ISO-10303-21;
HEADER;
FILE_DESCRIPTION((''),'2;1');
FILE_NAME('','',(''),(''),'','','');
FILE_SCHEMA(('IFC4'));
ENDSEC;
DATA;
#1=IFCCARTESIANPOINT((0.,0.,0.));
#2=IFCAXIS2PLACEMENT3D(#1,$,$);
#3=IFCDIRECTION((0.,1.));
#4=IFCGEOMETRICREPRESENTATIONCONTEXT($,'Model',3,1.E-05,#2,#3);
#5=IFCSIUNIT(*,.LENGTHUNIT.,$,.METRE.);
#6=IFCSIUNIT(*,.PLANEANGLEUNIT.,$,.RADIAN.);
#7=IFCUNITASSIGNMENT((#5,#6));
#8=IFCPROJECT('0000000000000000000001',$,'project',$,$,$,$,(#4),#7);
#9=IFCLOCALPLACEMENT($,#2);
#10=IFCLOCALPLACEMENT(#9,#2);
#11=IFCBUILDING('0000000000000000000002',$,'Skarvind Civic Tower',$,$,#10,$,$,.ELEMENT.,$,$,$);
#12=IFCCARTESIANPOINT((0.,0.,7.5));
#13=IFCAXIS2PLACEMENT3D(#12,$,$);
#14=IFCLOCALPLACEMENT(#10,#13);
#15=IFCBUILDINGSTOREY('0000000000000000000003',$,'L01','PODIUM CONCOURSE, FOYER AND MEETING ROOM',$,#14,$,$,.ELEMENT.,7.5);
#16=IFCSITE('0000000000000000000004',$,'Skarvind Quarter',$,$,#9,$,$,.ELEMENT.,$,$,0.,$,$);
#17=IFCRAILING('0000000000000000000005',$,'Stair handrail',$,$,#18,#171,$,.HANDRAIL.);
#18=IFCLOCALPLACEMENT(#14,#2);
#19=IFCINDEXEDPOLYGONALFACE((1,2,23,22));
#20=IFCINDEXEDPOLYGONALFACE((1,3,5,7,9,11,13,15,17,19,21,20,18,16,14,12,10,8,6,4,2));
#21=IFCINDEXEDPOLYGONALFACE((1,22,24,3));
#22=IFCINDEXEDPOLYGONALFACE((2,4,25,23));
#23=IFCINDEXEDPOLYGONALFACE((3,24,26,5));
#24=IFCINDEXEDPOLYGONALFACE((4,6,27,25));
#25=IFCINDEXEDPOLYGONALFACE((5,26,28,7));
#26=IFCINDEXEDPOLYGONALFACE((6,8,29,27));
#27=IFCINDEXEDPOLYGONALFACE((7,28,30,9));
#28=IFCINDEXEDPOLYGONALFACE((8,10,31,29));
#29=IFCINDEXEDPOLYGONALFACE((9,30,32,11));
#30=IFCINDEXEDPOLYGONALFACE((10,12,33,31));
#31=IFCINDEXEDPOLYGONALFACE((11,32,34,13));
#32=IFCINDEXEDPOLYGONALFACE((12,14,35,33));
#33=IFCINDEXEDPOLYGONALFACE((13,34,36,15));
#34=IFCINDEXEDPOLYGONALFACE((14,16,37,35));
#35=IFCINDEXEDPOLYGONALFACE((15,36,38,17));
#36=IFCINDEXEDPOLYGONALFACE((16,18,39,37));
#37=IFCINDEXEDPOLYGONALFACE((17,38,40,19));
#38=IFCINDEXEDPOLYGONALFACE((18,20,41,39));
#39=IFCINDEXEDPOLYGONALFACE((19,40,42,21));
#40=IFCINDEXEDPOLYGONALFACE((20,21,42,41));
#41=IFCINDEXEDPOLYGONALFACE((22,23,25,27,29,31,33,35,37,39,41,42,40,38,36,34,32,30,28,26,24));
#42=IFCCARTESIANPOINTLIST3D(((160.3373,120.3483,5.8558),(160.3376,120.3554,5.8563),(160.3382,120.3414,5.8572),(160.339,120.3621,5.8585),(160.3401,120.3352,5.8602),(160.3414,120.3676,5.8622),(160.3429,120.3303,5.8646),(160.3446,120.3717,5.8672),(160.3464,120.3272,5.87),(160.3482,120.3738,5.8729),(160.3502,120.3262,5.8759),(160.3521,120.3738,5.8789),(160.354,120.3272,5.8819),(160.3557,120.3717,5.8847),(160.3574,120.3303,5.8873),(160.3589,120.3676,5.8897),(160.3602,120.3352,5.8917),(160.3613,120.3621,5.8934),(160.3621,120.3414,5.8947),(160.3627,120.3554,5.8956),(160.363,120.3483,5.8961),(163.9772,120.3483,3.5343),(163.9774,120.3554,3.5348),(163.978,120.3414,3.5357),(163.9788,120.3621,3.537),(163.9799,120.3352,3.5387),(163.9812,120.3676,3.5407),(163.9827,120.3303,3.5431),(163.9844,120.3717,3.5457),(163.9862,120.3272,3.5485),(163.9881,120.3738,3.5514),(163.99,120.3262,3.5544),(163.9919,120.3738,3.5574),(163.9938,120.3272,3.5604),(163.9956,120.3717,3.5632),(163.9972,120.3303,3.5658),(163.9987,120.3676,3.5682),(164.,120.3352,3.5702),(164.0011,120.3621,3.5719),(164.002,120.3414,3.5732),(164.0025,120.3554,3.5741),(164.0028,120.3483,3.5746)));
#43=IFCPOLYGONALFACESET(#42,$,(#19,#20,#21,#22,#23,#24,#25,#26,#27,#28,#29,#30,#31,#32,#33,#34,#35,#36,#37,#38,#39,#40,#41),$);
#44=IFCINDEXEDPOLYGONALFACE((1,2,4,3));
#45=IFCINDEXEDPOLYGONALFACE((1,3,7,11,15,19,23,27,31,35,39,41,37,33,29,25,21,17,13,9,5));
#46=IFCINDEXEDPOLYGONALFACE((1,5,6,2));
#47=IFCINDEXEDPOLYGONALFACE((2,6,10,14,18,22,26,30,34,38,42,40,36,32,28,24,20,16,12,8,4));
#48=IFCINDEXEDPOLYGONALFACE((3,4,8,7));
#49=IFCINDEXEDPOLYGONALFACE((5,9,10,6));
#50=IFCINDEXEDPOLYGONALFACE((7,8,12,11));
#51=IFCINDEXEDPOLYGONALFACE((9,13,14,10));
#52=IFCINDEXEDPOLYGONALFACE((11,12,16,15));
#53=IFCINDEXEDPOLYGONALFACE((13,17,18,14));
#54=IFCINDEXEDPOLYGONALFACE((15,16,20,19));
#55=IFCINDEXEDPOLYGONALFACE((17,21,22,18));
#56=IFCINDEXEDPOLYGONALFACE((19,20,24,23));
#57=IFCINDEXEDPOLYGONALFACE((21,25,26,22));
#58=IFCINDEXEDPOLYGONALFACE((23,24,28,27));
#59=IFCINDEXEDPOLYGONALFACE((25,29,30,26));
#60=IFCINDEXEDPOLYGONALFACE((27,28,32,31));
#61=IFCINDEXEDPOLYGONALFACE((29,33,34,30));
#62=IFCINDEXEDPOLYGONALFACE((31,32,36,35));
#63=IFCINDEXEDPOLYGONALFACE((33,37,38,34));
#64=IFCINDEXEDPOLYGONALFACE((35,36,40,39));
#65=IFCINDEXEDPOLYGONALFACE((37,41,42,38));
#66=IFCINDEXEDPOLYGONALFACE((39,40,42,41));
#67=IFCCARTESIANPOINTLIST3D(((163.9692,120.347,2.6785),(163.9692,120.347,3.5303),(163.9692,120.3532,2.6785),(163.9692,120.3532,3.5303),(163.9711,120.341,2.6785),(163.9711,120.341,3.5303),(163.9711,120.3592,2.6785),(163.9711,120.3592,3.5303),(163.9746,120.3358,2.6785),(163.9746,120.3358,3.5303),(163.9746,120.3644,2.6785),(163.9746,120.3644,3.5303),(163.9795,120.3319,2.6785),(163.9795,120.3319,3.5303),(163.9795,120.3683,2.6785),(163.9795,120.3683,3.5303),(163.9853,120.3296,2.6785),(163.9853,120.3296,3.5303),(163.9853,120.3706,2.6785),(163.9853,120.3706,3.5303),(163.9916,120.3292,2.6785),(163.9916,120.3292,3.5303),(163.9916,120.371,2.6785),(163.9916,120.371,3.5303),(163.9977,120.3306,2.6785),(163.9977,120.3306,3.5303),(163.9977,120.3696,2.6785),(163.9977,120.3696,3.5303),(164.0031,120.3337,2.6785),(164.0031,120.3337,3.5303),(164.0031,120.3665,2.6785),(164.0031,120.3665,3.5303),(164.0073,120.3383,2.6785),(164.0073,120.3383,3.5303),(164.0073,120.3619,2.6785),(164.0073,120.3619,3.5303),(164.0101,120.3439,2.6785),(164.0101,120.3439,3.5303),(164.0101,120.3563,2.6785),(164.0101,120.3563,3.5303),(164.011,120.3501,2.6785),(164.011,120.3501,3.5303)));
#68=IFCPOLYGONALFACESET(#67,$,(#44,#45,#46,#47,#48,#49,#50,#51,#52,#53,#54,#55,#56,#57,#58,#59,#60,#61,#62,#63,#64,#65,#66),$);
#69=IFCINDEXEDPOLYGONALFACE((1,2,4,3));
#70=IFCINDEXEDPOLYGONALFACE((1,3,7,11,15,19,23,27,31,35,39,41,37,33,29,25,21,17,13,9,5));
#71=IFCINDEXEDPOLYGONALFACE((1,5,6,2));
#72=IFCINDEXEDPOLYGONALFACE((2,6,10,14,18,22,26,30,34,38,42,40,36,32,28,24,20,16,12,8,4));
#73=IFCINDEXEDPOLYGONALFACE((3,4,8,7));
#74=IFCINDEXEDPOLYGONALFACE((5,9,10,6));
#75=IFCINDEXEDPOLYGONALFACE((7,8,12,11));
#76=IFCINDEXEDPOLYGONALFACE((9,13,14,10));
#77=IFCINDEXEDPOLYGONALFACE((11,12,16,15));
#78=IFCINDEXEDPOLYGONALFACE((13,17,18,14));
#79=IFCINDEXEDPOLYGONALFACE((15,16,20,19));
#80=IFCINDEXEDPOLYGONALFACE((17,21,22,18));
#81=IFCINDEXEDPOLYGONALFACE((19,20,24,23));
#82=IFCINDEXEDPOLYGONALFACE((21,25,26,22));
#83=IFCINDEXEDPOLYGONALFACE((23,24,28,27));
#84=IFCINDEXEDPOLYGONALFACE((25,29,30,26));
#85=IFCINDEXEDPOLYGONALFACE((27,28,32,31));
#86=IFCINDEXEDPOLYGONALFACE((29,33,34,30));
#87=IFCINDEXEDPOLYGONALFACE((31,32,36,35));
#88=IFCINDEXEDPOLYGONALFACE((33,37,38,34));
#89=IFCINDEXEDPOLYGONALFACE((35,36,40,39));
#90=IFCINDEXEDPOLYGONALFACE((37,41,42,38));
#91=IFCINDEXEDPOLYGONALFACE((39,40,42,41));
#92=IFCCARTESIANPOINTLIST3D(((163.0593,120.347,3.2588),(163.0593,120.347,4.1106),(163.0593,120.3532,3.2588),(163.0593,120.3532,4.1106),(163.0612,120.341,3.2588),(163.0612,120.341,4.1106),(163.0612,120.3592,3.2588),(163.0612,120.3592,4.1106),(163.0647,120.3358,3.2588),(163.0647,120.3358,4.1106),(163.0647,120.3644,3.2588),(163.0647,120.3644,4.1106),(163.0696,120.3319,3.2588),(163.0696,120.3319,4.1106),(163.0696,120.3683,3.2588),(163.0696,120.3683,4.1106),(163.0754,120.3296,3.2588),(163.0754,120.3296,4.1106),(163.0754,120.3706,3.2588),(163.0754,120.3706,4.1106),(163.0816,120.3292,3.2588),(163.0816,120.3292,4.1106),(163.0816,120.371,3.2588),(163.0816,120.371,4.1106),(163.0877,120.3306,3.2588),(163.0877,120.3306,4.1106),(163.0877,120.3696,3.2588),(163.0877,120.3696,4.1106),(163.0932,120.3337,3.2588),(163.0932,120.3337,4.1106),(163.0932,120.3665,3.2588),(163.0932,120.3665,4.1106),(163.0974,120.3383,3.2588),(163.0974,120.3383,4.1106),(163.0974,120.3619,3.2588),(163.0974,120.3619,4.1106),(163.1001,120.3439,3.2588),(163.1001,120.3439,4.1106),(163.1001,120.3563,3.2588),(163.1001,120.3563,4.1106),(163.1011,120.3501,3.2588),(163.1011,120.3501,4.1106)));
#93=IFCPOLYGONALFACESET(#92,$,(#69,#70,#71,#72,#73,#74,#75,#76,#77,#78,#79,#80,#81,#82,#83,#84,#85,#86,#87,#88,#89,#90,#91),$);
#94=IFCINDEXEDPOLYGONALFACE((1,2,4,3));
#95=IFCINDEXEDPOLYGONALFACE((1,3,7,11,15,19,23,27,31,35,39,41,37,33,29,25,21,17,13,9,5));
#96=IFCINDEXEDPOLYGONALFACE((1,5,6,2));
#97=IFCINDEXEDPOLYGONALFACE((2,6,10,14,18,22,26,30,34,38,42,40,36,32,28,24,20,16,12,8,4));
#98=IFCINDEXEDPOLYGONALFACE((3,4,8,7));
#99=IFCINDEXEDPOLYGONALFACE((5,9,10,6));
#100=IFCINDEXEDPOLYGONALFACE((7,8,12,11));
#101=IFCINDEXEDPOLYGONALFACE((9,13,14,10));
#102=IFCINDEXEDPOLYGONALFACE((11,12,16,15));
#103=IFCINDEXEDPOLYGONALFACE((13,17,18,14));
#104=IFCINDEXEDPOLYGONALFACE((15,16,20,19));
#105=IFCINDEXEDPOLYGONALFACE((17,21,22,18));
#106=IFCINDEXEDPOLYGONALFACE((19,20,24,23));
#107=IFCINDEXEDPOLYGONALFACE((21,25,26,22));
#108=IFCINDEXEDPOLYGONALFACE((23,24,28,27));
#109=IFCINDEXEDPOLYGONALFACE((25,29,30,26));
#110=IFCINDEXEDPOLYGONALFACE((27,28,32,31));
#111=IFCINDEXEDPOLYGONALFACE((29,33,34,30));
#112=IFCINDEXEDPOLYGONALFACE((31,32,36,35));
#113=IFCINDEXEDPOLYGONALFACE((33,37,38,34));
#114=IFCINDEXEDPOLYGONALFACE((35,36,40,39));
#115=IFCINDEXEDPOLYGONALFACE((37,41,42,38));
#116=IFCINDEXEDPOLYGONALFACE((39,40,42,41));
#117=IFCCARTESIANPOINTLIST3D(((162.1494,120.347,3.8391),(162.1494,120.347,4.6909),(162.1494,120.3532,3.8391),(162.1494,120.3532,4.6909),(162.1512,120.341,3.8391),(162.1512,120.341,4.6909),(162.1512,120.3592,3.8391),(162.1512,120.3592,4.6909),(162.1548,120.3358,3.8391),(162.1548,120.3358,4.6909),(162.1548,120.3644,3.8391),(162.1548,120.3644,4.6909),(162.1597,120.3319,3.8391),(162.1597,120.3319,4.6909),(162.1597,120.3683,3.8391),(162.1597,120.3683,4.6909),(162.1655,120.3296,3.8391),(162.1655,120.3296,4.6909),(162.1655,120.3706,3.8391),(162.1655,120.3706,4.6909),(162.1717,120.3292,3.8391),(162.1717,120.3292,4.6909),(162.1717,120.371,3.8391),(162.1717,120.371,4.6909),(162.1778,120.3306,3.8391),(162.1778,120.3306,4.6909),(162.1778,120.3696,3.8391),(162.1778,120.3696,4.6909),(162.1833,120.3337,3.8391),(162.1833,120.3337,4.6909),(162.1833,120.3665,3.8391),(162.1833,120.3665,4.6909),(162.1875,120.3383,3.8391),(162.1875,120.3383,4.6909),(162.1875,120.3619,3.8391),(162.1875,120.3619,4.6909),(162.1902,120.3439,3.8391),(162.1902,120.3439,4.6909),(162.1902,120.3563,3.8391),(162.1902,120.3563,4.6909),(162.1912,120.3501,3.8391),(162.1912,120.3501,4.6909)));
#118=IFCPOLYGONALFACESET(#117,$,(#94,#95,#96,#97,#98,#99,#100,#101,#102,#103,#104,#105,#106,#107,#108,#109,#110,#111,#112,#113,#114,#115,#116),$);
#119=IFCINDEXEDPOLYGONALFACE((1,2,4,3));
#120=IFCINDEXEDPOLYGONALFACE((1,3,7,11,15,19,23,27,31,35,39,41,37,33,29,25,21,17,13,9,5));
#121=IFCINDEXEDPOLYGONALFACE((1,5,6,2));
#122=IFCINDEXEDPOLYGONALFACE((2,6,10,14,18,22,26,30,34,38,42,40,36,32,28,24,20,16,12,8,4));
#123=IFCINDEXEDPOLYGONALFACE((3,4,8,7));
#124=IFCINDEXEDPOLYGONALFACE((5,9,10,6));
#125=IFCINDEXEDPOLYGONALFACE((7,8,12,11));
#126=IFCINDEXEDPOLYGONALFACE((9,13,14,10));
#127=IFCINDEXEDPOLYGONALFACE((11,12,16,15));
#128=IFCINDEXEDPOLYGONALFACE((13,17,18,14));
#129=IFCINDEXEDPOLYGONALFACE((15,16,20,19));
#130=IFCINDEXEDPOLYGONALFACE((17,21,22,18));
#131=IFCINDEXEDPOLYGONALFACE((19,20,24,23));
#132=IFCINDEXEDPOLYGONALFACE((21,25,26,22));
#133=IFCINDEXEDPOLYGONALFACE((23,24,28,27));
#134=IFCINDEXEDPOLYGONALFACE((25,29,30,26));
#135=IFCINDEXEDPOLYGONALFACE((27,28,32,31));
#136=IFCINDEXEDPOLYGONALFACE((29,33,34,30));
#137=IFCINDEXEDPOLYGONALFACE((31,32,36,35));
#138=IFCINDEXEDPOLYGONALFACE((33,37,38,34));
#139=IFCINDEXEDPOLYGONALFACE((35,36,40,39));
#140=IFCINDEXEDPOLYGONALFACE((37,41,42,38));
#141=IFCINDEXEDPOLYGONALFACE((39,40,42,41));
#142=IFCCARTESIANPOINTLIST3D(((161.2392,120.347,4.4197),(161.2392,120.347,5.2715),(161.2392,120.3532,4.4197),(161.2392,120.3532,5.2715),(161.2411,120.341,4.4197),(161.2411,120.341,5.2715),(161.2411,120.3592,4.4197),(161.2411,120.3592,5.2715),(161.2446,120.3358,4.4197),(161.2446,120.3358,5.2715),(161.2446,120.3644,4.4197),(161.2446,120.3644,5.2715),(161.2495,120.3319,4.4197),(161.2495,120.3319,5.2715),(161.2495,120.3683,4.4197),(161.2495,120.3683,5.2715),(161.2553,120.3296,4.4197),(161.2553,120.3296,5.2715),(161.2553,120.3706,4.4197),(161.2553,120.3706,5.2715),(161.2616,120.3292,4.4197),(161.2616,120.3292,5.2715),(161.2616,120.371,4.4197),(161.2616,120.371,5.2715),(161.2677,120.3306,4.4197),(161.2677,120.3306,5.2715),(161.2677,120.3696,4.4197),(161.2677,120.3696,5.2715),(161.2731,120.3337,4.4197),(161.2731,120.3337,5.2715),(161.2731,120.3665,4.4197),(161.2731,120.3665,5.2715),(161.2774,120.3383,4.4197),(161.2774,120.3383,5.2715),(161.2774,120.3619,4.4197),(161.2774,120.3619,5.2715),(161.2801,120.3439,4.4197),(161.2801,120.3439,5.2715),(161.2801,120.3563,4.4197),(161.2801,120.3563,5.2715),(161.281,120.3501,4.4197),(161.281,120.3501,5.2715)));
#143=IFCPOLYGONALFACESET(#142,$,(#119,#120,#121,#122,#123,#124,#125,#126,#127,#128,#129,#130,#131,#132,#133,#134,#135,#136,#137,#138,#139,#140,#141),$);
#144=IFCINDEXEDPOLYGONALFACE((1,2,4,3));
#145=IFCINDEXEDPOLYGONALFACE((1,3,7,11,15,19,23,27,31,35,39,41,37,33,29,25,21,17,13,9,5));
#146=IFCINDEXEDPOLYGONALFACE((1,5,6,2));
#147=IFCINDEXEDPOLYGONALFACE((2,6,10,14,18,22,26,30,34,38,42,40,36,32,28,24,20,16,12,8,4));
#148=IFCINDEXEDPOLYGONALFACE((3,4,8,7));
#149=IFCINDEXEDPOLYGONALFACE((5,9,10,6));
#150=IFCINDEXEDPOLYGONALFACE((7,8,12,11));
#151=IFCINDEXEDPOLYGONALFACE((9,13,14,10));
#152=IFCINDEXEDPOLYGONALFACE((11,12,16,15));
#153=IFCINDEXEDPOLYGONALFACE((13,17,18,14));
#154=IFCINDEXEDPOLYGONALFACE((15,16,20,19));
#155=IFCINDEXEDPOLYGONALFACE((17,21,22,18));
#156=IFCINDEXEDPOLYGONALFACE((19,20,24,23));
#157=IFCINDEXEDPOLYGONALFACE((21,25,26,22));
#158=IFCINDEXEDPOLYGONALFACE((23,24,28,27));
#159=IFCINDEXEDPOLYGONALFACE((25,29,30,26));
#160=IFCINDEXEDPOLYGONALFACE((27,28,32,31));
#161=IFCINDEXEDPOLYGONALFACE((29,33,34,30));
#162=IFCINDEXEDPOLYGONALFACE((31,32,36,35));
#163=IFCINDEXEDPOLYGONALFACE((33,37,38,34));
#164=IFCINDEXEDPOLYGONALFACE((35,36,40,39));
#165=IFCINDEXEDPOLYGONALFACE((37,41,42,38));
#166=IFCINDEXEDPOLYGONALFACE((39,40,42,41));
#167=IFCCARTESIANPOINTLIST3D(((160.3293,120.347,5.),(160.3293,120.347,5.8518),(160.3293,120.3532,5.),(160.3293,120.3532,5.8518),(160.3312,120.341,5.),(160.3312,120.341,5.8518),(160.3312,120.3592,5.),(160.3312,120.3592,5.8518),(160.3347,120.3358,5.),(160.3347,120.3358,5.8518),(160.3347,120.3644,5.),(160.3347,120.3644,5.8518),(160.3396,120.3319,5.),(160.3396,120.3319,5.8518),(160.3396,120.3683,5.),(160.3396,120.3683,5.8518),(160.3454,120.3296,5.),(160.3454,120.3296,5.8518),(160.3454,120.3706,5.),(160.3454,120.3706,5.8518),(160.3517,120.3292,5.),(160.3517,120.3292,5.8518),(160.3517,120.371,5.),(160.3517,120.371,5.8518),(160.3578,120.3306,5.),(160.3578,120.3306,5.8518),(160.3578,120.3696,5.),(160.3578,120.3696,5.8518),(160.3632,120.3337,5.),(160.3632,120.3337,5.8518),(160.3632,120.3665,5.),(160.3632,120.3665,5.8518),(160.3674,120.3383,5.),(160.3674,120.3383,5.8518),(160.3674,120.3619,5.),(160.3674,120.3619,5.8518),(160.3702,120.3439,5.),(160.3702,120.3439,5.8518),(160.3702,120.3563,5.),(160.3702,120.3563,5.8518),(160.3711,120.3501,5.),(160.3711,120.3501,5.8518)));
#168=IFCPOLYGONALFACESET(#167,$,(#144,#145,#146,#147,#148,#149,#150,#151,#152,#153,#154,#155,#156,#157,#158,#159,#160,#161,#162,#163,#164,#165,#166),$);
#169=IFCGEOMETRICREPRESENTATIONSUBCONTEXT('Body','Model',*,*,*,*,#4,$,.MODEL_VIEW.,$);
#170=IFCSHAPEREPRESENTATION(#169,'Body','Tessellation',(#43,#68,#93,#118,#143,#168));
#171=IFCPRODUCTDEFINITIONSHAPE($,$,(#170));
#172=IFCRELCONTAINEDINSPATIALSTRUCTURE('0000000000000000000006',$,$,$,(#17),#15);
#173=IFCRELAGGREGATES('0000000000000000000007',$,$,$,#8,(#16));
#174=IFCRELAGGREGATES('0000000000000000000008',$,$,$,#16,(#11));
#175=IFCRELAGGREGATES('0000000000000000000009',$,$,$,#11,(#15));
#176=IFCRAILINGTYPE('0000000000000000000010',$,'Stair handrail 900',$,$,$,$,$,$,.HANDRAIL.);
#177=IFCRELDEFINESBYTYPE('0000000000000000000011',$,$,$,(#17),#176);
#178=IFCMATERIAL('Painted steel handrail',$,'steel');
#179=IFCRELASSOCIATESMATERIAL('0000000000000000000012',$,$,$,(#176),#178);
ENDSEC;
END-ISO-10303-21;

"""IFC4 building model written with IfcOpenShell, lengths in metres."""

from ifc_helpers import new_model, si_unit, direction, frame, origin, origin_2d, place, context, subcontext, project, spatial, circle, extrude, material, type_object, element, save


model = new_model("IFC4")

# Units and contexts
model_context = context("Model", 3, precision=1e-05, world=origin(), true_north=direction((0.0, 1.0)))
body_context = subcontext(model_context, "Body", "Model", "MODEL_VIEW")
ifc_project = project(units=[si_unit("LENGTHUNIT", "METRE"), si_unit("PLANEANGLEUNIT", "RADIAN")], contexts=[model_context])

# Site, building, storey
site_placement = place(None, origin())
site = spatial("IfcSite", under=ifc_project, at=site_placement, Name="Skarvind Quarter", CompositionType="ELEMENT", RefElevation=0.0)
building_placement = place(site_placement, origin())
building = spatial("IfcBuilding", under=site, at=building_placement, Name="Skarvind Civic Tower", CompositionType="ELEMENT")
storey_placement = place(building_placement, frame((0.0, 0.0, 7.5)))
storey = spatial("IfcBuildingStorey", under=building, at=storey_placement, Name="L01", Description="PODIUM CONCOURSE, FOYER AND MEETING ROOM", CompositionType="ELEMENT", Elevation=7.5)

# Railing
ifc_material_1 = material(Name="Painted steel handrail", Category="steel")
railing_type = type_object("IfcRailingType", Name="Stair handrail 900", PredefinedType="HANDRAIL", material=ifc_material_1)
for number, where, name in (
    (1, (163.99, 120.3501, 2.6785), "Stair handrail"),
):
    element("IfcRailing", number, at=place(storey_placement, frame(where)), inside=storey, type_object=railing_type, Name=name, PredefinedType="HANDRAIL", context=body_context, shape_type="SweptSolid", body=[
        extrude(circle(Radius=0.0239, at=origin_2d()), frame((0.0, 0.0, 0.876), z_axis=(-0.843112, 0.0, 0.537739), x_axis=(0.0, -1.0, 0.0)), (0.0, 0.0, 1.0), 4.3171),
        extrude(circle(Radius=0.021, at=origin_2d()), origin(), (0.0, 0.0, 1.0), 0.8518),
        extrude(circle(Radius=0.021, at=origin_2d()), frame((-0.9099, 0.0, 0.5803)), (0.0, 0.0, 1.0), 0.8518),
        extrude(circle(Radius=0.021, at=origin_2d()), frame((-1.8198, 0.0, 1.1606)), (0.0, 0.0, 1.0), 0.8518),
        extrude(circle(Radius=0.021, at=origin_2d()), frame((-2.73, 0.0, 1.7412)), (0.0, 0.0, 1.0), 0.8518),
        extrude(circle(Radius=0.021, at=origin_2d()), frame((-3.6399, 0.0, 2.3215)), (0.0, 0.0, 1.0), 0.8518),
    ])

save(model, "model.ifc")
